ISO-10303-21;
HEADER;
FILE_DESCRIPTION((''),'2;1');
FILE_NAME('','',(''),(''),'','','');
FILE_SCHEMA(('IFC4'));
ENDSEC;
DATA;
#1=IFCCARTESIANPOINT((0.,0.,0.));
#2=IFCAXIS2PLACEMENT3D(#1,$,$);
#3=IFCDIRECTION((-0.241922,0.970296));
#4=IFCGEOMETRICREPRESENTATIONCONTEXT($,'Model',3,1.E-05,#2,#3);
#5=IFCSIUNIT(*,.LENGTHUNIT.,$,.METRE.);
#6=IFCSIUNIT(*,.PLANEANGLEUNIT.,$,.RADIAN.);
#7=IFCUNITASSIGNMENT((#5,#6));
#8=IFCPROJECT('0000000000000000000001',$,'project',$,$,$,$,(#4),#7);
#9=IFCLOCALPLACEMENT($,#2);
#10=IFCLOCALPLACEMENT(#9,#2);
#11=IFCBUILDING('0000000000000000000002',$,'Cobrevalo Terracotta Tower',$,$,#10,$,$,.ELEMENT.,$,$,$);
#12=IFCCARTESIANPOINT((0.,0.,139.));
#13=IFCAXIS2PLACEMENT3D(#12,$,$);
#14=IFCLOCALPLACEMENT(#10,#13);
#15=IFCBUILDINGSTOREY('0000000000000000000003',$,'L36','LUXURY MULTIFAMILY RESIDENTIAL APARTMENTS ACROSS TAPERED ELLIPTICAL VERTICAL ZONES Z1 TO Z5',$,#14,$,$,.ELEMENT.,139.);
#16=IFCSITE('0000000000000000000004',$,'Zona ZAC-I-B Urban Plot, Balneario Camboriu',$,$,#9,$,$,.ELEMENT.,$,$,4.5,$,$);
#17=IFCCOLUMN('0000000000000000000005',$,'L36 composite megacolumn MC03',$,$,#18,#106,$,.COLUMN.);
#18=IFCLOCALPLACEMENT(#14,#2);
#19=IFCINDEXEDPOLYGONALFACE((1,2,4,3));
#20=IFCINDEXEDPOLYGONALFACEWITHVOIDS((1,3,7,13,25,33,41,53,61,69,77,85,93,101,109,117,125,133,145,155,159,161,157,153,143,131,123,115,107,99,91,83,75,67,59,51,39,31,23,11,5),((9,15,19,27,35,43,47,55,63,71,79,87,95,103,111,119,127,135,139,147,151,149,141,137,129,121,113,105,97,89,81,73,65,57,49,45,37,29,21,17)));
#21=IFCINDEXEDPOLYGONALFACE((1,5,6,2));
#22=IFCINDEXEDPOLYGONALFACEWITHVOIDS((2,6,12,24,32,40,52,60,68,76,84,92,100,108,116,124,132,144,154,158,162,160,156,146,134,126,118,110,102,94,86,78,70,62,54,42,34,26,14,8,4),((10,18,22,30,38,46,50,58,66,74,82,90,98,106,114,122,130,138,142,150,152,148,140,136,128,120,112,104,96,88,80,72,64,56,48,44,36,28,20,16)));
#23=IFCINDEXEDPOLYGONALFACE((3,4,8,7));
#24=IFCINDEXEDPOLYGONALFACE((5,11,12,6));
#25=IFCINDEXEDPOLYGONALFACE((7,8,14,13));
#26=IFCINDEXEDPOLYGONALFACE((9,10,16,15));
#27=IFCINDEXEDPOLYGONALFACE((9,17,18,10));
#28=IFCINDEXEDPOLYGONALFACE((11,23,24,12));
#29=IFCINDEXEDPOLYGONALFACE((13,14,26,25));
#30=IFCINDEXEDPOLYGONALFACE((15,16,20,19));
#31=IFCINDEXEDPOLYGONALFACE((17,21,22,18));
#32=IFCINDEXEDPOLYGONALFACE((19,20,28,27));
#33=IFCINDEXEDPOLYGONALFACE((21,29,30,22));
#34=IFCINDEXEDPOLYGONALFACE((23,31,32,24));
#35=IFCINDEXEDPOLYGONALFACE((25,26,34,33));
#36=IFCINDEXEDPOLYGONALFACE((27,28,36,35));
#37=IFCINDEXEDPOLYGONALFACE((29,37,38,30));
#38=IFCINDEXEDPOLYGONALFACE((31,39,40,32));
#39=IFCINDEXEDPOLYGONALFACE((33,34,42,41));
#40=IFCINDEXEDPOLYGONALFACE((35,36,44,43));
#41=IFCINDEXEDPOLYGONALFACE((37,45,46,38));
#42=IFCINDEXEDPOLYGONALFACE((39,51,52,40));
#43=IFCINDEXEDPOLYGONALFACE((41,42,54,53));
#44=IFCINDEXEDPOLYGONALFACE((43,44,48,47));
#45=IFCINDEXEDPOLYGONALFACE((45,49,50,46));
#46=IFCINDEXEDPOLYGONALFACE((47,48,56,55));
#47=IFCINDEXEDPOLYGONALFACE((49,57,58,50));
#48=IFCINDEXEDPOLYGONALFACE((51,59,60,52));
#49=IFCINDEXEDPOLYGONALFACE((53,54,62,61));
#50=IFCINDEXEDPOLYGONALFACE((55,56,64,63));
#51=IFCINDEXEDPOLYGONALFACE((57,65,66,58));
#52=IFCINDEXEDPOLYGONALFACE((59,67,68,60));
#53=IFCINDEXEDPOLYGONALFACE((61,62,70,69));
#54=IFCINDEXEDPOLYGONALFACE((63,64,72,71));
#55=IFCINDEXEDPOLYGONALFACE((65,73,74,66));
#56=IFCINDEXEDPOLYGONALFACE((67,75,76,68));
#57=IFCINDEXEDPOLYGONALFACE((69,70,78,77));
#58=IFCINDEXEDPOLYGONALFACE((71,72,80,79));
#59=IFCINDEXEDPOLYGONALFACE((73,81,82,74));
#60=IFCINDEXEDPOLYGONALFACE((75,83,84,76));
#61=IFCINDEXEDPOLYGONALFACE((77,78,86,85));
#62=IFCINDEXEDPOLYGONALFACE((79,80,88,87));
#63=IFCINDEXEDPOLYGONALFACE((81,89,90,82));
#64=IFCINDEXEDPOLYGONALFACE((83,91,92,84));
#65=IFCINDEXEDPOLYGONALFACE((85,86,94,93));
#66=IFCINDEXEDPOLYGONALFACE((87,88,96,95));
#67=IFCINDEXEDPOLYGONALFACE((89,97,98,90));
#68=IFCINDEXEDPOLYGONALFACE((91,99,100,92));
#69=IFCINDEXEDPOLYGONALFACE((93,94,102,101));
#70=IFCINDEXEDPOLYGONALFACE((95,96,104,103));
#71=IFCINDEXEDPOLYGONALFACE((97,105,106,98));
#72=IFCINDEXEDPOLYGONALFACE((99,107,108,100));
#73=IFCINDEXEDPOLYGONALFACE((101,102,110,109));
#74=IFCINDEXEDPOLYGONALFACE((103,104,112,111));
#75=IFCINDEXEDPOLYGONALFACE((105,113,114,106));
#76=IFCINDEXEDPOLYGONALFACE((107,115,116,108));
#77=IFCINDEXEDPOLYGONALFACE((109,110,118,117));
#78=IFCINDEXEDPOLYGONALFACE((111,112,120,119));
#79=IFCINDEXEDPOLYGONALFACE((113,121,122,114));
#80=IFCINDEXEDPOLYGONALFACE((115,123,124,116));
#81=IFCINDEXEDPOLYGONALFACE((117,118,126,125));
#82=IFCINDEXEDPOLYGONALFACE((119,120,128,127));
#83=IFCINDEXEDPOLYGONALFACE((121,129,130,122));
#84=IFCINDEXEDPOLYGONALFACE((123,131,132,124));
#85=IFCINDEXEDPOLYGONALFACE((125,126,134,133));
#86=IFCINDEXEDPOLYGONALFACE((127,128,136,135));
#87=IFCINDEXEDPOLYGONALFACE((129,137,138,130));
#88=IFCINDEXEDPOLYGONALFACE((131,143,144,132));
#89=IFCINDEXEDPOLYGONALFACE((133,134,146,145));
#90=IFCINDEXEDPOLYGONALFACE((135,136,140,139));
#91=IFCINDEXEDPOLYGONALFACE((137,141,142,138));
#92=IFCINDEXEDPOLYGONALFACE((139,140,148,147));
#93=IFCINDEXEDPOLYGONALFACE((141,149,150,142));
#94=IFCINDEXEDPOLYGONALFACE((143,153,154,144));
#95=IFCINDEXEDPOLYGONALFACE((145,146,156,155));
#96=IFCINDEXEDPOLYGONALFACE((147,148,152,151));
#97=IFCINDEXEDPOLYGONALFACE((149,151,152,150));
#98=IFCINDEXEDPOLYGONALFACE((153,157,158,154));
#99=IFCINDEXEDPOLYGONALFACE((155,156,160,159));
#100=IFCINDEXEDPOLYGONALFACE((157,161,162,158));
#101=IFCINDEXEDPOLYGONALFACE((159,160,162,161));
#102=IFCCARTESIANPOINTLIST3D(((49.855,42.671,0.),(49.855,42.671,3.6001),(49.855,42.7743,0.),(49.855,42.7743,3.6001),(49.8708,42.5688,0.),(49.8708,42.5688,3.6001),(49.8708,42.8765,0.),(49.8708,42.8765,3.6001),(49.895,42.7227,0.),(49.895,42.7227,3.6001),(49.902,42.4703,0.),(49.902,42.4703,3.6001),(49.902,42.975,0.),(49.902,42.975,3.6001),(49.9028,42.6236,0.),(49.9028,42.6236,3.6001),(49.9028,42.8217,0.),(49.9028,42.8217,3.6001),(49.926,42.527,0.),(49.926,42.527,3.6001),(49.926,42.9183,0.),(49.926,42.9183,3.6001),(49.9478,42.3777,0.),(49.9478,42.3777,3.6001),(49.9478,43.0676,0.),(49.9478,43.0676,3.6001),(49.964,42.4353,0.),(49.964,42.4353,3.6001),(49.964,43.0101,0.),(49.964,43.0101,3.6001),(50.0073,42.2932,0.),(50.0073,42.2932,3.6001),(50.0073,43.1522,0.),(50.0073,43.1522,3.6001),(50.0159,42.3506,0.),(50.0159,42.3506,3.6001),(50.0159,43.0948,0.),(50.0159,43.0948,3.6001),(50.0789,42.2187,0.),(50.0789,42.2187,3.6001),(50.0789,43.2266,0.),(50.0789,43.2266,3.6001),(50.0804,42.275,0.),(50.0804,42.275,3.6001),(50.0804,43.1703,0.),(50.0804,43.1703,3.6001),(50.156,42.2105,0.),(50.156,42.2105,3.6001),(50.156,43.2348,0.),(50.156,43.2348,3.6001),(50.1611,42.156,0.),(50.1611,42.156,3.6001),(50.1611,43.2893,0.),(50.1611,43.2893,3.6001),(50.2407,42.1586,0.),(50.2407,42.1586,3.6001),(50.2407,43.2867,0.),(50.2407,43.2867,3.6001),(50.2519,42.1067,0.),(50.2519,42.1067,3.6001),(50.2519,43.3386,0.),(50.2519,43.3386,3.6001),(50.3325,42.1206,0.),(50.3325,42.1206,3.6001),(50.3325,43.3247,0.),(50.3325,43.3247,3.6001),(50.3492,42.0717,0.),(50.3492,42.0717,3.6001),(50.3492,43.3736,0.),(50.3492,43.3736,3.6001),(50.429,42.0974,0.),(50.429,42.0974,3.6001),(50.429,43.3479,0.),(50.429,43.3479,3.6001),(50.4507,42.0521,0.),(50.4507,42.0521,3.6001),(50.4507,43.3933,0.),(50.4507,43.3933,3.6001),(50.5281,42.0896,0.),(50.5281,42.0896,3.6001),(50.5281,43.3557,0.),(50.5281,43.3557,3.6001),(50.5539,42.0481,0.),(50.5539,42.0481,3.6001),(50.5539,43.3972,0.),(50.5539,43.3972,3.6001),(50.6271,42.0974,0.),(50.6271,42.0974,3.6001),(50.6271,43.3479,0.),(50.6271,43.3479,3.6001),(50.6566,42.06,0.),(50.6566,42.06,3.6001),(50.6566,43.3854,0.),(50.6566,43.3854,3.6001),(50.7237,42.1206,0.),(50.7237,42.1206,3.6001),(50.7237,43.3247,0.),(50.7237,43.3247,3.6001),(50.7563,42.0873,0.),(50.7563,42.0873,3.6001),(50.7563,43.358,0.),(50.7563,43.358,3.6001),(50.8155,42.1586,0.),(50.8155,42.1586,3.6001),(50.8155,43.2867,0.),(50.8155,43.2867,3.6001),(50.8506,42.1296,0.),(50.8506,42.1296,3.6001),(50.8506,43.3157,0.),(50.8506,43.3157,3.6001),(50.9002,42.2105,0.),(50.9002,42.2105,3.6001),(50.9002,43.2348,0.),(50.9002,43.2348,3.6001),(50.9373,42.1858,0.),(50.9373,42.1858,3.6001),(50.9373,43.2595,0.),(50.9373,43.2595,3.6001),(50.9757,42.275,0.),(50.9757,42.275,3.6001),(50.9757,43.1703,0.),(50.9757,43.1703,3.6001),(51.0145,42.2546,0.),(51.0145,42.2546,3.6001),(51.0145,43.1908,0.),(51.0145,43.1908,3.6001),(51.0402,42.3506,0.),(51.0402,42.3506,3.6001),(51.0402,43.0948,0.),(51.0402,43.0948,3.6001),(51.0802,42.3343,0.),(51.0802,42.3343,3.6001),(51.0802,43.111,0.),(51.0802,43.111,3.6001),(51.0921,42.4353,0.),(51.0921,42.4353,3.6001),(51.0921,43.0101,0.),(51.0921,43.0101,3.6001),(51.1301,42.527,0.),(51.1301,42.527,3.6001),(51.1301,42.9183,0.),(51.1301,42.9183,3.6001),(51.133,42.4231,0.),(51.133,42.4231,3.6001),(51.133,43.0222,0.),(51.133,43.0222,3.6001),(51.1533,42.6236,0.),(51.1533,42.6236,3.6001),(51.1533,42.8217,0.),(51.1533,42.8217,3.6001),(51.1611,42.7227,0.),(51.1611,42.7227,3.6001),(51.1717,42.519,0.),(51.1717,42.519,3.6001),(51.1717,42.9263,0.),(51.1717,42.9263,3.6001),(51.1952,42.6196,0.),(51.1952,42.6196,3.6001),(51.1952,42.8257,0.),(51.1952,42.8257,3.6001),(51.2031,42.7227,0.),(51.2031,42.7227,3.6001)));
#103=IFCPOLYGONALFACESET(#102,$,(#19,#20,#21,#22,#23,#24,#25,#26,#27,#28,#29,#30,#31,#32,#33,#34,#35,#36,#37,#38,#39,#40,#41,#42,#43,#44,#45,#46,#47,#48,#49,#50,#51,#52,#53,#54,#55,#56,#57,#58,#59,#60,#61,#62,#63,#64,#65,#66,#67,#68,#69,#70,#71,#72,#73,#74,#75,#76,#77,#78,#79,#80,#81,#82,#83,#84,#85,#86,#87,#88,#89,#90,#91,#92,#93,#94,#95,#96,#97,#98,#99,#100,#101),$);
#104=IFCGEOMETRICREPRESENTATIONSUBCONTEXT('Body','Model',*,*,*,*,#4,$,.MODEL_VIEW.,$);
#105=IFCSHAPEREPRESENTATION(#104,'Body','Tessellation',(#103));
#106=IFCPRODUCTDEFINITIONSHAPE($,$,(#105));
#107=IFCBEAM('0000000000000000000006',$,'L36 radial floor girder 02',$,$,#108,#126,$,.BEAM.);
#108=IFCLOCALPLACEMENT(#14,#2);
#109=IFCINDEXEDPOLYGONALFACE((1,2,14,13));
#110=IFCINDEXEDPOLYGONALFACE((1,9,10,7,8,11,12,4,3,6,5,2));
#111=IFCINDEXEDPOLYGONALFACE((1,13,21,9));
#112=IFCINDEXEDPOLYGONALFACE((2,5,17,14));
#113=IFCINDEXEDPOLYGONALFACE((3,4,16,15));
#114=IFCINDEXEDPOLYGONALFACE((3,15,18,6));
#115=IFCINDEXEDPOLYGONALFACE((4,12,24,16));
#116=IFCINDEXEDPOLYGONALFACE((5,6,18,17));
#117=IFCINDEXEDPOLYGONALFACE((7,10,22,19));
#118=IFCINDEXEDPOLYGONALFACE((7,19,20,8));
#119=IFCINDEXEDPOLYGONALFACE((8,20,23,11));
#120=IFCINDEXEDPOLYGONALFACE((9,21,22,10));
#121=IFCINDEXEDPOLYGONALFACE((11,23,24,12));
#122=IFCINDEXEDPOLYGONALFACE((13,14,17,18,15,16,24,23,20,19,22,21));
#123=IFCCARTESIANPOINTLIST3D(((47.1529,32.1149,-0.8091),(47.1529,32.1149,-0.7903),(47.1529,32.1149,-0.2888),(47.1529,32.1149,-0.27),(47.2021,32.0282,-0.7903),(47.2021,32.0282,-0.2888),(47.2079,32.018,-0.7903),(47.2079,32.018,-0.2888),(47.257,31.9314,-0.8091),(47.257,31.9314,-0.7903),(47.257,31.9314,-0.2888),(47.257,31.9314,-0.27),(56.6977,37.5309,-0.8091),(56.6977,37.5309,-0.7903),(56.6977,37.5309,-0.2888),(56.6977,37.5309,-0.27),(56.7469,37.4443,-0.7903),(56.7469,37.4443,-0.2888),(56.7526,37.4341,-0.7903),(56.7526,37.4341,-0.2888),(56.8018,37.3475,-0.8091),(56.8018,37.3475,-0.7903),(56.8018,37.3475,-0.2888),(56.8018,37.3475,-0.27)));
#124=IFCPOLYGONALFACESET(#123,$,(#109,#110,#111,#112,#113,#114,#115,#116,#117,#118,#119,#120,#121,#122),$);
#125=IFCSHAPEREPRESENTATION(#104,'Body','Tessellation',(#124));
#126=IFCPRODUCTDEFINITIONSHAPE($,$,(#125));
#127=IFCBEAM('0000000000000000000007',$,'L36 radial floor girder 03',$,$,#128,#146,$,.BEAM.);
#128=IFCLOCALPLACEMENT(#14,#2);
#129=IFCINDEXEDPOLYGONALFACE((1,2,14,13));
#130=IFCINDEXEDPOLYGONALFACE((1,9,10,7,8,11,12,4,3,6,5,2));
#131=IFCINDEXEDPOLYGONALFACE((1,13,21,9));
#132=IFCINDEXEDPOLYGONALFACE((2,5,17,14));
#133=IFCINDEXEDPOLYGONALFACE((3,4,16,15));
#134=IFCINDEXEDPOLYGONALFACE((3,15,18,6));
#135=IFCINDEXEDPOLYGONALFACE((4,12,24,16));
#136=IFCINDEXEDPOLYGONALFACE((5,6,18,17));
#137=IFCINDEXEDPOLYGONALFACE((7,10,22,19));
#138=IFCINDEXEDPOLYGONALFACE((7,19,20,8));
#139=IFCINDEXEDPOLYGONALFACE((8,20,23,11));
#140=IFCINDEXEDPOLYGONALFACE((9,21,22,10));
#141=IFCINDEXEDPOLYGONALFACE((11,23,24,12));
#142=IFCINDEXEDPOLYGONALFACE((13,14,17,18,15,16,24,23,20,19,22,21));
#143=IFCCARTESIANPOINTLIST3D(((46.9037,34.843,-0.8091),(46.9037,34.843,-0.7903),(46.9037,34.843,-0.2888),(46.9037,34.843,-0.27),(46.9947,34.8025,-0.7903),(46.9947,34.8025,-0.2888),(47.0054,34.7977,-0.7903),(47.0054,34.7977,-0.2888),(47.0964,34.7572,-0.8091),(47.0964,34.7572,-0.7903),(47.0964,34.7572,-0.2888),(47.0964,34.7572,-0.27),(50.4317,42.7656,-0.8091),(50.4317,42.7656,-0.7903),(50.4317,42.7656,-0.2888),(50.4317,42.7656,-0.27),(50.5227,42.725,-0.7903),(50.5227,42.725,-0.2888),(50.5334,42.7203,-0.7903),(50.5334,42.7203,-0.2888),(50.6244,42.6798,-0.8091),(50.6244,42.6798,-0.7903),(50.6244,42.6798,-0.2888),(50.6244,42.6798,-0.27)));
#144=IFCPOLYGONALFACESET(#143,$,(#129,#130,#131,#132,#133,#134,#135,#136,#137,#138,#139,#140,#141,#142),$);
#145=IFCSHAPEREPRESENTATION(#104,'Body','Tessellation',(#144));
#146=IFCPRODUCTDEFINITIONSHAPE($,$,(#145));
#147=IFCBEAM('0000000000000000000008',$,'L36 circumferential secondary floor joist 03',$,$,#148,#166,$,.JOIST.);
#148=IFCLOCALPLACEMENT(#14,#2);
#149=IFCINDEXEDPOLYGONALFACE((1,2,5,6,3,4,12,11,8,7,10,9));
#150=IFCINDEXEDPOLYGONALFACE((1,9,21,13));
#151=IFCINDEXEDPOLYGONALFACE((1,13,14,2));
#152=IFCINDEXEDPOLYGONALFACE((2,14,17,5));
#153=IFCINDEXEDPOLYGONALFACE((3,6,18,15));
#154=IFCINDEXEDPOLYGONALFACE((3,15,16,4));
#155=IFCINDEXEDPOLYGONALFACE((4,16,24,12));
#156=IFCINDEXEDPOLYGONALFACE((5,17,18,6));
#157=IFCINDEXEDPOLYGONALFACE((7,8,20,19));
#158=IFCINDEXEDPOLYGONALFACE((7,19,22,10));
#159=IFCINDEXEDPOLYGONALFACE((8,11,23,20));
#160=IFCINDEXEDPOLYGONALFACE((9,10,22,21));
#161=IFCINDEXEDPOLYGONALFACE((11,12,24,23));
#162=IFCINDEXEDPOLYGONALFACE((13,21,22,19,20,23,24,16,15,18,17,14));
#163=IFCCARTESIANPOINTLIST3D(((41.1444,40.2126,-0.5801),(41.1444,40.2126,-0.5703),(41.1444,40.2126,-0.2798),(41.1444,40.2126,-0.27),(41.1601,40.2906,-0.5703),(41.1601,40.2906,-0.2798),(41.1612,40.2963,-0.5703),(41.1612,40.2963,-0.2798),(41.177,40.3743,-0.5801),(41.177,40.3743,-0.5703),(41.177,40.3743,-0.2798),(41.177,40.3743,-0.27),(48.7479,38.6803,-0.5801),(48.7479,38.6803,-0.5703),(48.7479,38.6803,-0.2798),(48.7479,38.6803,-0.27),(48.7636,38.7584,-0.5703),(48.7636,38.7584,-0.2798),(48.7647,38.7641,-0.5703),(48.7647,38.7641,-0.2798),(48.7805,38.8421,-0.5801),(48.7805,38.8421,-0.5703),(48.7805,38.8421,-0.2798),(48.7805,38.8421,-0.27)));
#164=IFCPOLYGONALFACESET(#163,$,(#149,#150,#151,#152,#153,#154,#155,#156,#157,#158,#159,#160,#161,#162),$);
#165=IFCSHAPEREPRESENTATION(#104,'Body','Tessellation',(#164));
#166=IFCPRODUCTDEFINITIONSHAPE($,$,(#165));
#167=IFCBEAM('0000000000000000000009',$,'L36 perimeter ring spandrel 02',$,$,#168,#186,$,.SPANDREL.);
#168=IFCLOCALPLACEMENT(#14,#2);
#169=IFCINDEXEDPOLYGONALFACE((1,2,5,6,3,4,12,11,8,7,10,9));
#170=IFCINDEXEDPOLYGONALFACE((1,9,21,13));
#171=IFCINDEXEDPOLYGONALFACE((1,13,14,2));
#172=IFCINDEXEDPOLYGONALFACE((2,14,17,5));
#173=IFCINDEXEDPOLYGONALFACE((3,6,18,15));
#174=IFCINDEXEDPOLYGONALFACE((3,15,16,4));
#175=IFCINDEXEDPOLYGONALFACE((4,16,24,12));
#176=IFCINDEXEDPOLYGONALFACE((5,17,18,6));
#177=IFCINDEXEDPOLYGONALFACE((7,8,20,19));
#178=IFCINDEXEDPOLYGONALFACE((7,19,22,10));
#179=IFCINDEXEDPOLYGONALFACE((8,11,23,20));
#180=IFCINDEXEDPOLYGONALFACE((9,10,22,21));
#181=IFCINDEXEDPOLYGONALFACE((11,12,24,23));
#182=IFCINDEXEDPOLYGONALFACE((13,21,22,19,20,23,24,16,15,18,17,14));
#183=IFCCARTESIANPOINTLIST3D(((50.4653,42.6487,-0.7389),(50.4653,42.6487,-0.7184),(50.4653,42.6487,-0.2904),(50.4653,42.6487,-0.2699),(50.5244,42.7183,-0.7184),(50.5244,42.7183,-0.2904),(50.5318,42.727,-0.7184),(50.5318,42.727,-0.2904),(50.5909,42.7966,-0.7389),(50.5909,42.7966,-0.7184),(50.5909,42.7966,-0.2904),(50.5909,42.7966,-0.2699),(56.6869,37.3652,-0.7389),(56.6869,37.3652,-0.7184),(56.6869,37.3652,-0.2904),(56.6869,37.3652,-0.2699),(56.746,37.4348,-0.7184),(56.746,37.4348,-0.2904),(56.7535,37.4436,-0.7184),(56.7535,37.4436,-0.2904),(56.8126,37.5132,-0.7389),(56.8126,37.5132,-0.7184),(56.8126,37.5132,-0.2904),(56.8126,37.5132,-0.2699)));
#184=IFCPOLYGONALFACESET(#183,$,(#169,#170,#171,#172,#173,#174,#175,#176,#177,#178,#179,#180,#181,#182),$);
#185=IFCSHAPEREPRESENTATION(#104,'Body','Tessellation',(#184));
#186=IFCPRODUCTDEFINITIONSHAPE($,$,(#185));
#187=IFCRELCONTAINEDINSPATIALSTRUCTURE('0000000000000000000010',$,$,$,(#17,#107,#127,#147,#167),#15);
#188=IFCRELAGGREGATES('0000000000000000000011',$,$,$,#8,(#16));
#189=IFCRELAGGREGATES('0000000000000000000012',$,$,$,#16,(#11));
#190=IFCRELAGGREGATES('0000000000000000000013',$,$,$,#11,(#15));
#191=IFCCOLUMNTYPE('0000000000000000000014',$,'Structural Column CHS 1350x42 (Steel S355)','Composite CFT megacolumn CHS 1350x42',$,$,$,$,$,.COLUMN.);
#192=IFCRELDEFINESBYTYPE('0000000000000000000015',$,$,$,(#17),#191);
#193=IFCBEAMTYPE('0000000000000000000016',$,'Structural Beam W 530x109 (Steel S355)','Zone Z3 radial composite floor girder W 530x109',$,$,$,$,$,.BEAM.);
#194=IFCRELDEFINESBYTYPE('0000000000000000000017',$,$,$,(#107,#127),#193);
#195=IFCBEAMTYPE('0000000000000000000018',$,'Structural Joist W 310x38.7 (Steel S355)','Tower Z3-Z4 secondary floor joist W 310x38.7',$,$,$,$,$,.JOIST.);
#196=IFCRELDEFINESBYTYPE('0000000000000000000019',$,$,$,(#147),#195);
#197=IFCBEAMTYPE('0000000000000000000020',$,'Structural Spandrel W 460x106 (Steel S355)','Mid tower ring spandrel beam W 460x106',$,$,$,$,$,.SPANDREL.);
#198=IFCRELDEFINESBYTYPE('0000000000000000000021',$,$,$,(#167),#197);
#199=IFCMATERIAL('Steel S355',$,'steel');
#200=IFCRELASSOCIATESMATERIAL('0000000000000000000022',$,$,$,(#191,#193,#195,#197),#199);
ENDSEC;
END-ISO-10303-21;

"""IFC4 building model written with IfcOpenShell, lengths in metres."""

from ifc_helpers import new_model, si_unit, direction, frame, origin, origin_2d, place, context, subcontext, project, spatial, hollow_circle, i_section, extrude, material, material_profile, profile_set, type_object, element, save


model = new_model("IFC4")

# Units and contexts
model_context = context("Model", 3, precision=1e-05, world=origin(), true_north=direction((-0.241922, 0.970296)))
body_context = subcontext(model_context, "Body", "Model", "MODEL_VIEW")
ifc_project = project(units=[si_unit("LENGTHUNIT", "METRE"), si_unit("PLANEANGLEUNIT", "RADIAN")], contexts=[model_context])

# Site, building, storey
site_placement = place(None, origin())
site = spatial("IfcSite", under=ifc_project, at=site_placement, Name="Zona ZAC-I-B Urban Plot, Balneario Camboriu", CompositionType="ELEMENT", RefElevation=4.5)
building_placement = place(site_placement, origin())
building = spatial("IfcBuilding", under=site, at=building_placement, Name="Cobrevalo Terracotta Tower", CompositionType="ELEMENT")
storey_placement = place(building_placement, frame((0.0, 0.0, 139.0)))
storey = spatial("IfcBuildingStorey", under=building, at=storey_placement, Name="L36", Description="LUXURY MULTIFAMILY RESIDENTIAL APARTMENTS ACROSS TAPERED ELLIPTICAL VERTICAL ZONES Z1 TO Z5", CompositionType="ELEMENT", Elevation=139.0)

# Column
ifc_material_1 = material(Name="Steel S355", Category="steel")
ifc_material_profile_1 = material_profile(ifc_material_1, hollow_circle(Radius=0.675, WallThickness=0.042, at=origin_2d()), Name="CHS 1350x42")
ifc_profile_set_1 = profile_set([ifc_material_profile_1], Name="Steel S355")
column_type = type_object("IfcColumnType", Name="Structural Column CHS 1350x42 (Steel S355)", Description="Composite CFT megacolumn CHS 1350x42", PredefinedType="COLUMN", material=ifc_profile_set_1)
column_placement = place(storey_placement, frame((50.5281, 42.7227, 0.0), z_axis=(0.0, 0.0, 1.0), x_axis=(1.0, 0.0, 0.0)))
element("IfcColumn", 1, at=column_placement, inside=storey, type_object=column_type, Name="L36 composite megacolumn MC03", PredefinedType="COLUMN", context=body_context, shape_type="SweptSolid", body=[
    extrude(hollow_circle(Radius=0.675, WallThickness=0.042, at=origin_2d()), origin(), (0.0, 0.0, 1.0), 3.6001),
])

# Beams
ifc_material_profile_2 = material_profile(ifc_material_1, i_section(OverallWidth=0.2109, OverallDepth=0.5391, WebThickness=0.0117, FlangeThickness=0.0188, at=origin_2d()), Name="W 530x109")
ifc_profile_set_2 = profile_set([ifc_material_profile_2], Name="Steel S355")
beam_type_1 = type_object("IfcBeamType", Name="Structural Beam W 530x109 (Steel S355)", Description="Zone Z3 radial composite floor girder W 530x109", PredefinedType="BEAM", material=ifc_profile_set_2)
beam_1_placement = place(storey_placement, frame((56.7498, 37.4392, -0.5396), z_axis=(-0.869734, -0.49352, 0.0), x_axis=(0.49352, -0.869734, 0.0)))
element("IfcBeam", 2, at=beam_1_placement, inside=storey, type_object=beam_type_1, Name="L36 radial floor girder 02", PredefinedType="BEAM", context=body_context, shape_type="SweptSolid", body=[
    extrude(i_section(OverallWidth=0.2109, OverallDepth=0.5391, WebThickness=0.0117, FlangeThickness=0.0188, at=origin_2d()), origin(), (0.0, 0.0, 1.0), 10.9744),
])
beam_2_placement = place(storey_placement, frame((50.5281, 42.7227, -0.5396), z_axis=(-0.406804, -0.913515, 0.0), x_axis=(0.913515, -0.406804, 0.0)))
element("IfcBeam", 3, at=beam_2_placement, inside=storey, type_object=beam_type_1, Name="L36 radial floor girder 03", PredefinedType="BEAM", context=body_context, shape_type="SweptSolid", body=[
    extrude(i_section(OverallWidth=0.2109, OverallDepth=0.5391, WebThickness=0.0117, FlangeThickness=0.0188, at=origin_2d()), origin(), (0.0, 0.0, 1.0), 8.6726),
])
ifc_material_profile_3 = material_profile(ifc_material_1, i_section(OverallWidth=0.165, OverallDepth=0.3101, WebThickness=0.0059, FlangeThickness=0.0098, at=origin_2d()), Name="W 310x38.7")
ifc_profile_set_3 = profile_set([ifc_material_profile_3], Name="Steel S355")
beam_type_2 = type_object("IfcBeamType", Name="Structural Joist W 310x38.7 (Steel S355)", Description="Tower Z3-Z4 secondary floor joist W 310x38.7", PredefinedType="JOIST", material=ifc_profile_set_3)
beam_3_placement = place(storey_placement, frame((48.7642, 38.7612, -0.425), z_axis=(-0.980294, 0.197544, 0.0), x_axis=(-0.197544, -0.980294, 0.0)))
element("IfcBeam", 4, at=beam_3_placement, inside=storey, type_object=beam_type_2, Name="L36 circumferential secondary floor joist 03", PredefinedType="JOIST", context=body_context, shape_type="SweptSolid", body=[
    extrude(i_section(OverallWidth=0.165, OverallDepth=0.3101, WebThickness=0.0059, FlangeThickness=0.0098, at=origin_2d()), origin(), (0.0, 0.0, 1.0), 7.7563),
])
ifc_material_profile_4 = material_profile(ifc_material_1, i_section(OverallWidth=0.1941, OverallDepth=0.469, WebThickness=0.0115, FlangeThickness=0.0205, at=origin_2d()), Name="W 460x106")
ifc_profile_set_4 = profile_set([ifc_material_profile_4], Name="Steel S355")
beam_type_3 = type_object("IfcBeamType", Name="Structural Spandrel W 460x106 (Steel S355)", Description="Mid tower ring spandrel beam W 460x106", PredefinedType="SPANDREL", material=ifc_profile_set_4)
beam_4_placement = place(storey_placement, frame((56.7498, 37.4392, -0.5044), z_axis=(-0.76224, 0.647294, 0.0), x_axis=(-0.647294, -0.76224, 0.0)))
element("IfcBeam", 5, at=beam_4_placement, inside=storey, type_object=beam_type_3, Name="L36 perimeter ring spandrel 02", PredefinedType="SPANDREL", context=body_context, shape_type="SweptSolid", body=[
    extrude(i_section(OverallWidth=0.1941, OverallDepth=0.469, WebThickness=0.0115, FlangeThickness=0.0205, at=origin_2d()), origin(), (0.0, 0.0, 1.0), 8.1624),
])

save(model, "model.ifc")
